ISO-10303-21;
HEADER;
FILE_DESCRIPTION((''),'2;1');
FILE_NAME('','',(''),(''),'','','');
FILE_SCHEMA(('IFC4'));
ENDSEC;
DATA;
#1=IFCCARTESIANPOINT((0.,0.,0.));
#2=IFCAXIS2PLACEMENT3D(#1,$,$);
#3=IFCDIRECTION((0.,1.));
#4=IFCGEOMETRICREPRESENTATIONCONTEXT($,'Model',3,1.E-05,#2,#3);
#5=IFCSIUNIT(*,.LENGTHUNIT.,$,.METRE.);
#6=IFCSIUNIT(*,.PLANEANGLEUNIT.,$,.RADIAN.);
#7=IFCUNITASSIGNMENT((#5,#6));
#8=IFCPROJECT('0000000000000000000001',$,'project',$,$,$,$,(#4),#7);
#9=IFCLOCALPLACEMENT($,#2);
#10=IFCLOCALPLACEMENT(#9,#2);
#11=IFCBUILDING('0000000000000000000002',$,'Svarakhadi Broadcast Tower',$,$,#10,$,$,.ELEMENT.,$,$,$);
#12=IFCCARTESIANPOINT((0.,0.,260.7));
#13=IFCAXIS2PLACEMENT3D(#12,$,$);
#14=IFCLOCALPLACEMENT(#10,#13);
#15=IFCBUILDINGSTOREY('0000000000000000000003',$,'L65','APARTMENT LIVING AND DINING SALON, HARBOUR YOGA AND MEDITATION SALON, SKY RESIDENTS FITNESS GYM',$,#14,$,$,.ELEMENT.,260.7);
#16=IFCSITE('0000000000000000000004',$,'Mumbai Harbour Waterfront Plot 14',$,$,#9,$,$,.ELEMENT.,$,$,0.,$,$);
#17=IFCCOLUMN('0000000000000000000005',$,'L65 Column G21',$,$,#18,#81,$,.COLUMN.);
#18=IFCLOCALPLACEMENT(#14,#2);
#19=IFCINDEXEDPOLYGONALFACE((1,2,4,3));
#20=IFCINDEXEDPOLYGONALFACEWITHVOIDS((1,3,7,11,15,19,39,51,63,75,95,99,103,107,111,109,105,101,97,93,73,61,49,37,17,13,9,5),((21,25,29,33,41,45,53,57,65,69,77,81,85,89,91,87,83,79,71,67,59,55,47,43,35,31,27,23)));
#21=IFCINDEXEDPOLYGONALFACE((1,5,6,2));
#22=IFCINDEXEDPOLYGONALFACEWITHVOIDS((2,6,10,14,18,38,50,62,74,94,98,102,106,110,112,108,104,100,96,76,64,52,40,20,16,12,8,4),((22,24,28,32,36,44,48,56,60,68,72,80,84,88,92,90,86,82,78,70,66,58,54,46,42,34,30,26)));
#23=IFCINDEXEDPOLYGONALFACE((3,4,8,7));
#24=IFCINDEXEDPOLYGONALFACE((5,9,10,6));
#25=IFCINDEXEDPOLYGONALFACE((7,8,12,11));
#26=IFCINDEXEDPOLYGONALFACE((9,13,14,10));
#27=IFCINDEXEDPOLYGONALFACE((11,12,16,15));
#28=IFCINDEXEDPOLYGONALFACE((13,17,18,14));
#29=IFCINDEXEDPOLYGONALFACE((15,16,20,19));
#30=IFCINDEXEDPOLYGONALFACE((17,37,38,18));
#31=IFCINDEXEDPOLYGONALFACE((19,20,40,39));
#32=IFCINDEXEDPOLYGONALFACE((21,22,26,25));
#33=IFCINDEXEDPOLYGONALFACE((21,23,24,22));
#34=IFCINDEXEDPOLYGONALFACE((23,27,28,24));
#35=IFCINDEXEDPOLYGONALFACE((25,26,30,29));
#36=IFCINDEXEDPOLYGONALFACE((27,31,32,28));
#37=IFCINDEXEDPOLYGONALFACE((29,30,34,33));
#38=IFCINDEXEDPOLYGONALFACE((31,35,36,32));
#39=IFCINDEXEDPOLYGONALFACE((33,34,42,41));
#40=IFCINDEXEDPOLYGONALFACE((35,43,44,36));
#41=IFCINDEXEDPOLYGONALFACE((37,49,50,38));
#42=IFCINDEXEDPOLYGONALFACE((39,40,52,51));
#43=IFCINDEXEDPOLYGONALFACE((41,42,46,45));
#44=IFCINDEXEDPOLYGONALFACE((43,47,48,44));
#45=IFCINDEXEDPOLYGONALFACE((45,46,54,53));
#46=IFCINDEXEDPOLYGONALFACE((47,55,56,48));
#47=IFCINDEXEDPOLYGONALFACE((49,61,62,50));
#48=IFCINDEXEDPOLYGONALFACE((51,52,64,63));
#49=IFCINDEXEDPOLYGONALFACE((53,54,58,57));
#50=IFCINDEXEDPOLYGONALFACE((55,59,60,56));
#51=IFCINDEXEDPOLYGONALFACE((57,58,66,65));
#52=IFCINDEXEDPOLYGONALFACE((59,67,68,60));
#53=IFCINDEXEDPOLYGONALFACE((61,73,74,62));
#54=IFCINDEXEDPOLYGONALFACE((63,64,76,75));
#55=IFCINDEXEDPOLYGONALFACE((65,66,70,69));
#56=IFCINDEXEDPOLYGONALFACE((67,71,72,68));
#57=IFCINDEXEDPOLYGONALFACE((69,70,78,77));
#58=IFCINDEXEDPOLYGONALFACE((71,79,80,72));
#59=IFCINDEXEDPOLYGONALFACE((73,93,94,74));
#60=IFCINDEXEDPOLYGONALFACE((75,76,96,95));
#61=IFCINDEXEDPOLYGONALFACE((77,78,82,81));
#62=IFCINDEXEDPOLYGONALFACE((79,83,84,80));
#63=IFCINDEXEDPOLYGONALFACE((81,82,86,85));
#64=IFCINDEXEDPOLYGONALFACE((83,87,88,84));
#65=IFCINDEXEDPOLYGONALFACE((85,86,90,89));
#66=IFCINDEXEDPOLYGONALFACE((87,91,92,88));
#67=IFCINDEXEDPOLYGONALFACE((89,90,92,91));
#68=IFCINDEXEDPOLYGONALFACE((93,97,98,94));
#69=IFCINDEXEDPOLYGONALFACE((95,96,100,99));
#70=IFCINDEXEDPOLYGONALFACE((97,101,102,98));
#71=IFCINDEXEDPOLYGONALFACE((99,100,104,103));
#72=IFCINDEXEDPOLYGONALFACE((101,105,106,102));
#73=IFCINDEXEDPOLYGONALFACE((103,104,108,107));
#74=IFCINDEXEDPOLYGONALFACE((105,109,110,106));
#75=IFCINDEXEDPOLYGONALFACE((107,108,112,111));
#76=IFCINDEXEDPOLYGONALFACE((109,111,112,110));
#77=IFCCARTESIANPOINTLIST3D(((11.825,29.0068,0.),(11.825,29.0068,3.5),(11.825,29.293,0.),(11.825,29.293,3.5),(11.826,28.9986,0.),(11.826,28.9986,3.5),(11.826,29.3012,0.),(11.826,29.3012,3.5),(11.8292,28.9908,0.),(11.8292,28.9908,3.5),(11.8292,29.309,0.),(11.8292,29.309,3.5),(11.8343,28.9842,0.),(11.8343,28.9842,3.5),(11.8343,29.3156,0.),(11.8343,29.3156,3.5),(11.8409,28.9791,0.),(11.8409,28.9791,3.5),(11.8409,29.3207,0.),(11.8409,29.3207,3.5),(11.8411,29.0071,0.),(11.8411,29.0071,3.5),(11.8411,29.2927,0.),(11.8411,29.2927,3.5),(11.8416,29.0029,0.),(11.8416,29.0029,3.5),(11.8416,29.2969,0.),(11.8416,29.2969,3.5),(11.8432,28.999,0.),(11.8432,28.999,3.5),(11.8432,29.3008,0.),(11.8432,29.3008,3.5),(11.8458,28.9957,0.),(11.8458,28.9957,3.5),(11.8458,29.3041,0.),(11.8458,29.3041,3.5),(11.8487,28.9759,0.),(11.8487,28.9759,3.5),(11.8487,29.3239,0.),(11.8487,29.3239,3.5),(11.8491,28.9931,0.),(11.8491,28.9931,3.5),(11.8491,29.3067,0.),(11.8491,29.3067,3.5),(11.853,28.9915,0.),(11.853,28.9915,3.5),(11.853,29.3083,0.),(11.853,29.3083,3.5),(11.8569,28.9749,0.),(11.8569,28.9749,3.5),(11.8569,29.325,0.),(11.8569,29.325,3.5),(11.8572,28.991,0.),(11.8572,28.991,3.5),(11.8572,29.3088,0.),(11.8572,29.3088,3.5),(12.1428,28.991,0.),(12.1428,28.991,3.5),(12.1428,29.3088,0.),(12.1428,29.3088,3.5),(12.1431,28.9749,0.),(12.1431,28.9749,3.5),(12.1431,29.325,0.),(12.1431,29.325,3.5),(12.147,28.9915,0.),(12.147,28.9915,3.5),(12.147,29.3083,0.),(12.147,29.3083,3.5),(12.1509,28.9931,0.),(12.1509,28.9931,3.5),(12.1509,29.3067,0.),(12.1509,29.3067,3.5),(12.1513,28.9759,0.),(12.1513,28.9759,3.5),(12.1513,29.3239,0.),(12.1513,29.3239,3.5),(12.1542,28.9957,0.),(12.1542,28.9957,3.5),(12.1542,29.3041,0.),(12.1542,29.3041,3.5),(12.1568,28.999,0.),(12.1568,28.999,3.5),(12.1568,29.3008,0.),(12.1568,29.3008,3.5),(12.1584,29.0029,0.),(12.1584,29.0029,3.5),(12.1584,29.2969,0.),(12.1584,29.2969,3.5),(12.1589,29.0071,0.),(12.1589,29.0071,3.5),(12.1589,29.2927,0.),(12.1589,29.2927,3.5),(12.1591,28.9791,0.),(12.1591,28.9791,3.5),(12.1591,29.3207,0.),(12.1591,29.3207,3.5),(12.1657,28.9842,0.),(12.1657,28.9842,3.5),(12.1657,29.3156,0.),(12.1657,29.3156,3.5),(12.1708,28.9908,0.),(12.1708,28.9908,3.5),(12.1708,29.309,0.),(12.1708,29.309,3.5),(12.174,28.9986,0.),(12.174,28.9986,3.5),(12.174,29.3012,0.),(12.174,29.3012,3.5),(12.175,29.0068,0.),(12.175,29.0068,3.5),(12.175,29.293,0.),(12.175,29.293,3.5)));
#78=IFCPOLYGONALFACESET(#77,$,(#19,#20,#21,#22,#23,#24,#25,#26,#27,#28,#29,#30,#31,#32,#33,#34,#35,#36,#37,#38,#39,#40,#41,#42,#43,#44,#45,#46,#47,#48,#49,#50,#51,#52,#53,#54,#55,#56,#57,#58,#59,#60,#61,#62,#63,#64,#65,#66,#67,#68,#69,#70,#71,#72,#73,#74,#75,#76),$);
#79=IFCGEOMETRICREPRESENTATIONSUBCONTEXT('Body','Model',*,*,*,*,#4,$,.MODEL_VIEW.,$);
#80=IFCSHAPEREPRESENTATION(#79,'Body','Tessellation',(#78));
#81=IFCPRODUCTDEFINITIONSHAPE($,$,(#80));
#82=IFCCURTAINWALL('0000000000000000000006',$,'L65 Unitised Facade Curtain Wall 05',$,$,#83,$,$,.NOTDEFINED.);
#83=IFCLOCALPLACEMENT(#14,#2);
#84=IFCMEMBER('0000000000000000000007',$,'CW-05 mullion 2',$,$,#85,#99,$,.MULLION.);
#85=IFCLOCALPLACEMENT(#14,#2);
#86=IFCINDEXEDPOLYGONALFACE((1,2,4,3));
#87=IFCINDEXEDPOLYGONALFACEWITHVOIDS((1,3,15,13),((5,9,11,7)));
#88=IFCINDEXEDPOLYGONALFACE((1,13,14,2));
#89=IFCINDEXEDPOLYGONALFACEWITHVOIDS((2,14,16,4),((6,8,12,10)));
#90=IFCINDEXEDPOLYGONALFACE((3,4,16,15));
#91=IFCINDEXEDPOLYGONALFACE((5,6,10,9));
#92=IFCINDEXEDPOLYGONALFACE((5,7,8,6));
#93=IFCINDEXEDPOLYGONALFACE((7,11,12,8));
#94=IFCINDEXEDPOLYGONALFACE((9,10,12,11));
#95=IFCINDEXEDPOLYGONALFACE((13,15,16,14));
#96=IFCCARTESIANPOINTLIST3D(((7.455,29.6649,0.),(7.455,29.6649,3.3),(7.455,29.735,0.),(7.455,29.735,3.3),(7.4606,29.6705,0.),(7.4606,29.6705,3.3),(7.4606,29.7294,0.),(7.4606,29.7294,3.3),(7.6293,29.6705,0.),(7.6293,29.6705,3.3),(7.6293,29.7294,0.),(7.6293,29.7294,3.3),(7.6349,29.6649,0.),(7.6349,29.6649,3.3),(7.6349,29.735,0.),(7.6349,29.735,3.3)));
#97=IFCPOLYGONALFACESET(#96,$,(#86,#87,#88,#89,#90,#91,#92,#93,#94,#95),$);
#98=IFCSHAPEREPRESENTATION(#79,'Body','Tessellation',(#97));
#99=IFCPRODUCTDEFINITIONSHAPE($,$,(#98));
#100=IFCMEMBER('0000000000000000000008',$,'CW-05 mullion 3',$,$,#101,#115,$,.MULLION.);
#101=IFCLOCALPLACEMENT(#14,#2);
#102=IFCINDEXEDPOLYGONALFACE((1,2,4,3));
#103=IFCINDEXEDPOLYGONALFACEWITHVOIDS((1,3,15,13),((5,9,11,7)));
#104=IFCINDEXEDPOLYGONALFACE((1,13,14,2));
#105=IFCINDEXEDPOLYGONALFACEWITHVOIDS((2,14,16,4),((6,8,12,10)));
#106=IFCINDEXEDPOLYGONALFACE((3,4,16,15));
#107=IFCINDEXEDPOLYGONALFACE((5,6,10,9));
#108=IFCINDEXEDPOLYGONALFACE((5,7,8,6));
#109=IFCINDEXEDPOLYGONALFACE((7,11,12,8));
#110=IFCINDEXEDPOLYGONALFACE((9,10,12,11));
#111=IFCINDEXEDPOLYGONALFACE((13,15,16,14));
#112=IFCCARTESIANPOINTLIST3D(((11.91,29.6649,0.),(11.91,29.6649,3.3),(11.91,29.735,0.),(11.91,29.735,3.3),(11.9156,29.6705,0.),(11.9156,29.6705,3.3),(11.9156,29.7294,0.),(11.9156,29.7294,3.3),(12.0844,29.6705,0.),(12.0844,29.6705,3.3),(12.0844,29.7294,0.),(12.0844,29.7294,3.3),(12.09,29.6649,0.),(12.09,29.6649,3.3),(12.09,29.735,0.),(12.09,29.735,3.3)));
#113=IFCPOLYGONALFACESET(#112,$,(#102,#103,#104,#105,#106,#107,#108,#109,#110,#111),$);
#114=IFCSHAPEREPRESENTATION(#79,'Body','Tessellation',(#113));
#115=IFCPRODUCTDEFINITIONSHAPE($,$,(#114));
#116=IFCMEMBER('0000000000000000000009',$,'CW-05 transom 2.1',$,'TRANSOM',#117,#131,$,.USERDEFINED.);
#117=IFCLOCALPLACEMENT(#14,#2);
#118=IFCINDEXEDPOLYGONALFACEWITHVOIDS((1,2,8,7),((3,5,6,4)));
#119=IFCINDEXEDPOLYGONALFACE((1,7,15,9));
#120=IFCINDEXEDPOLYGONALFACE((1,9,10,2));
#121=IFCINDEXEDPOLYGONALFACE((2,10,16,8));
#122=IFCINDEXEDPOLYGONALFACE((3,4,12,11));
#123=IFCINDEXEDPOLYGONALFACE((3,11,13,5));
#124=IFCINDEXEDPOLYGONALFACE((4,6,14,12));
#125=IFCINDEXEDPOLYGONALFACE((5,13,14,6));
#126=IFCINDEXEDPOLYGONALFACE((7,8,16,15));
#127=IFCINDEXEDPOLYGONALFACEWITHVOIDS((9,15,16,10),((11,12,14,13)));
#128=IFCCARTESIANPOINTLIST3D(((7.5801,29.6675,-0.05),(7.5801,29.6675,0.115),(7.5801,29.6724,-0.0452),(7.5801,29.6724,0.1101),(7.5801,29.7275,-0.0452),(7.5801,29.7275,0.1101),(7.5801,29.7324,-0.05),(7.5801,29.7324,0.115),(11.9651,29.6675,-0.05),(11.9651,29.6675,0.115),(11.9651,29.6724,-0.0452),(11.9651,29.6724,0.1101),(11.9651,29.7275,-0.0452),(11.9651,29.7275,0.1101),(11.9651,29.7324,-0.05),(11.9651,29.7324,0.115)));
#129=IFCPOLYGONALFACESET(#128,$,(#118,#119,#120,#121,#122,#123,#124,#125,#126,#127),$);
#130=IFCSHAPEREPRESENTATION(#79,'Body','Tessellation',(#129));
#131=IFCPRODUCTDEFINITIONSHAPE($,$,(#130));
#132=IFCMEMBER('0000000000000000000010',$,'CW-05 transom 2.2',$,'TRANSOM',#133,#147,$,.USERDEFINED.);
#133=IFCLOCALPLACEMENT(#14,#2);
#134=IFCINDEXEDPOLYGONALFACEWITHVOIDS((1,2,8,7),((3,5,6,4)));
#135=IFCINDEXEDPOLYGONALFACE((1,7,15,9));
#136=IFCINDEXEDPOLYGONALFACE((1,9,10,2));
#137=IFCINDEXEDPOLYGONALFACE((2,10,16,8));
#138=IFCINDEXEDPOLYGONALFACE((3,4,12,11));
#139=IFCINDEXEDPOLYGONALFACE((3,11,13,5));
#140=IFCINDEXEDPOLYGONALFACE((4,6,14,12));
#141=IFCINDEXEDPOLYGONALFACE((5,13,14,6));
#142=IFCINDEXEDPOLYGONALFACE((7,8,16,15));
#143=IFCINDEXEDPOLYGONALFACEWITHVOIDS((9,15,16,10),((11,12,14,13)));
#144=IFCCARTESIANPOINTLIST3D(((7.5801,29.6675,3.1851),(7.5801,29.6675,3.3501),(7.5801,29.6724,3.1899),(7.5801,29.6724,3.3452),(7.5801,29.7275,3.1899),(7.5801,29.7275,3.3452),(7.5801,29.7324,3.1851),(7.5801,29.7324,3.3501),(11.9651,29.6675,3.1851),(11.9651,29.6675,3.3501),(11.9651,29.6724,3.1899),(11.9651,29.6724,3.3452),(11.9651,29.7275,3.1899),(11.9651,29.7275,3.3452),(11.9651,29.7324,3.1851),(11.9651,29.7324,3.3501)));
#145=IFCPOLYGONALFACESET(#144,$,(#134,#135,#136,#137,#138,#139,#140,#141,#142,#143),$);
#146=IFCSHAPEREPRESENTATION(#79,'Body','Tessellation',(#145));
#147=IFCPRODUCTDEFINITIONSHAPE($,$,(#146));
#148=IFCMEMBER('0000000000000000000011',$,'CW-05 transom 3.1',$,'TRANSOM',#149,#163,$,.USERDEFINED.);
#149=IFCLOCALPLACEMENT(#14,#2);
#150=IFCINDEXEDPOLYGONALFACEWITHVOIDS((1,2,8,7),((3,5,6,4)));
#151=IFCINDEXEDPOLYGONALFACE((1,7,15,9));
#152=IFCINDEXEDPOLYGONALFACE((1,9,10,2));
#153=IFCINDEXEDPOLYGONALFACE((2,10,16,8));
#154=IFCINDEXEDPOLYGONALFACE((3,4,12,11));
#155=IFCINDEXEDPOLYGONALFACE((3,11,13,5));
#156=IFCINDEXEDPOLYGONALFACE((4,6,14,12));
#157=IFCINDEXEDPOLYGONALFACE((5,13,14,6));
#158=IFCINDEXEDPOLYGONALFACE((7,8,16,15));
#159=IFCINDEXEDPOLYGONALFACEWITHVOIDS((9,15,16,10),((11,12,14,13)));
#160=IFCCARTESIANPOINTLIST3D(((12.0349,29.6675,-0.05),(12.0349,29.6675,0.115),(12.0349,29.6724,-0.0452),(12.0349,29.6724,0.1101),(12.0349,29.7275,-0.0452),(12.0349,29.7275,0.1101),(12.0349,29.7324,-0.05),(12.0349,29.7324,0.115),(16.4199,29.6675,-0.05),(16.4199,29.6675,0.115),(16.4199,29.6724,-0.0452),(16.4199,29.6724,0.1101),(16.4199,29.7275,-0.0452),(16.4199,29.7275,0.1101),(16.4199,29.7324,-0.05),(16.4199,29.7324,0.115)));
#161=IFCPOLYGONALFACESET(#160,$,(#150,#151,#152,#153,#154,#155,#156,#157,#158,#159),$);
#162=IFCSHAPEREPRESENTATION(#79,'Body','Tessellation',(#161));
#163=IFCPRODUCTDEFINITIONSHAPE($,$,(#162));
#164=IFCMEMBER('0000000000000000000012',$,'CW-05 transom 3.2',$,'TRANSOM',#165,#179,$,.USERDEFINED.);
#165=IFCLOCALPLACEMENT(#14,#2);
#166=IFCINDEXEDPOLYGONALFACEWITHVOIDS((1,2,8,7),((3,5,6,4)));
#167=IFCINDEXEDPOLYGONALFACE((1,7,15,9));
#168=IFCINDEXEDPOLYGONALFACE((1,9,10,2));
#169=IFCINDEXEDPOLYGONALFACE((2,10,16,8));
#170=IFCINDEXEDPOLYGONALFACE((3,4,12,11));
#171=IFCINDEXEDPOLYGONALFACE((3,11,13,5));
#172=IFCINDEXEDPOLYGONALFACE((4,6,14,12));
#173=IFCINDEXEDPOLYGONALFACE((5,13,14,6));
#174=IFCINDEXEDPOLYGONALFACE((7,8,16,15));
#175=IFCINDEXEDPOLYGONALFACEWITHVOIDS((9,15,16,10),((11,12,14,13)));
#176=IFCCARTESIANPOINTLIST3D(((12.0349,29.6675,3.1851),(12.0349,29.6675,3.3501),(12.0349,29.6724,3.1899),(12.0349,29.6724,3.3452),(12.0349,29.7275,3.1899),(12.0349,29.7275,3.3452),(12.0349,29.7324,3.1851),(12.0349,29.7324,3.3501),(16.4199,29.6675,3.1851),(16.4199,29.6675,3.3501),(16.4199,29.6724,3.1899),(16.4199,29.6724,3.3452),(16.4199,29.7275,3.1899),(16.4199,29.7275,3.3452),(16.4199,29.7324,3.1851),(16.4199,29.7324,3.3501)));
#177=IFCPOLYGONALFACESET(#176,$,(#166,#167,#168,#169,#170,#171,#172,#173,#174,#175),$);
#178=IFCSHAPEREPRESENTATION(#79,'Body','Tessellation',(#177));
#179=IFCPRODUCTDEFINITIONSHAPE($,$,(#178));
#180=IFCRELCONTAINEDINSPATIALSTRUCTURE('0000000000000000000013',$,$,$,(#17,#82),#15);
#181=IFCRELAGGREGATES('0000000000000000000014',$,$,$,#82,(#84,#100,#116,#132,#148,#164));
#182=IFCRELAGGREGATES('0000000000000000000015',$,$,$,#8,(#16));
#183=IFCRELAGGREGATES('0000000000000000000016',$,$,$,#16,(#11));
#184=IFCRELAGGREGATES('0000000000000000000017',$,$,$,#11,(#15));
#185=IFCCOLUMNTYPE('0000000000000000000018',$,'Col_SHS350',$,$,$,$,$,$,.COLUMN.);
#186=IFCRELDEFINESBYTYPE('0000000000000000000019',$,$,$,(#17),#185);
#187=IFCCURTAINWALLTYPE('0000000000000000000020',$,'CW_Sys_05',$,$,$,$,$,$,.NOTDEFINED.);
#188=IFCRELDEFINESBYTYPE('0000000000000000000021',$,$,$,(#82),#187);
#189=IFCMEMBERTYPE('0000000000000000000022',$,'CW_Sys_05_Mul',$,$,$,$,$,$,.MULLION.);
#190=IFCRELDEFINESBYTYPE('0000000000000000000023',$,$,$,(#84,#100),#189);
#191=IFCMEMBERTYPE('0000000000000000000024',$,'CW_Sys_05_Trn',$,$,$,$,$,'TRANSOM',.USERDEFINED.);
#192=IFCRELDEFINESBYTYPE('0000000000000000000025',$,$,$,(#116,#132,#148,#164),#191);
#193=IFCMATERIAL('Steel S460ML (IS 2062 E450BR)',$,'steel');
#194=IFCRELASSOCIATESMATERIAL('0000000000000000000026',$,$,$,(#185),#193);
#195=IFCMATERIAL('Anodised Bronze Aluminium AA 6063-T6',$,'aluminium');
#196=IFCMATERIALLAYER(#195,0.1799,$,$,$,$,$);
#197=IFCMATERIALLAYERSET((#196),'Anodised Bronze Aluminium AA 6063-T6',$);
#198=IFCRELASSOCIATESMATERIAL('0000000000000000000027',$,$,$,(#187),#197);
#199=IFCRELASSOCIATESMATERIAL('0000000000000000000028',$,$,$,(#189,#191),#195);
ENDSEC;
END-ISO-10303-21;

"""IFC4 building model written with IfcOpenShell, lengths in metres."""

from ifc_helpers import new_model, si_unit, direction, frame, origin, origin_2d, place, context, subcontext, project, spatial, hollow_rectangle, extrude, material, layer, layer_set, material_profile, profile_set, type_object, element, aggregate, save


model = new_model("IFC4")

# Units and contexts
model_context = context("Model", 3, precision=1e-05, world=origin(), true_north=direction((0.0, 1.0)))
body_context = subcontext(model_context, "Body", "Model", "MODEL_VIEW")
ifc_project = project(units=[si_unit("LENGTHUNIT", "METRE"), si_unit("PLANEANGLEUNIT", "RADIAN")], contexts=[model_context])

# Site, building, storey
site_placement = place(None, origin())
site = spatial("IfcSite", under=ifc_project, at=site_placement, Name="Mumbai Harbour Waterfront Plot 14", CompositionType="ELEMENT", RefElevation=0.0)
building_placement = place(site_placement, origin())
building = spatial("IfcBuilding", under=site, at=building_placement, Name="Svarakhadi Broadcast Tower", CompositionType="ELEMENT")
storey_placement = place(building_placement, frame((0.0, 0.0, 260.7)))
storey = spatial("IfcBuildingStorey", under=building, at=storey_placement, Name="L65", Description="APARTMENT LIVING AND DINING SALON, HARBOUR YOGA AND MEDITATION SALON, SKY RESIDENTS FITNESS GYM", CompositionType="ELEMENT", Elevation=260.7)

# Column
ifc_material_1 = material(Name="Steel S460ML (IS 2062 E450BR)", Category="steel")
ifc_material_profile_1 = material_profile(ifc_material_1, hollow_rectangle(XDim=0.3501, YDim=0.3501, WallThickness=0.0161, InnerFilletRadius=0.0161, OuterFilletRadius=0.032, at=origin_2d()), Name="SHS 350x350x16")
ifc_profile_set_1 = profile_set([ifc_material_profile_1], Name="Steel S460ML (IS 2062 E450BR)")
column_type = type_object("IfcColumnType", Name="Col_SHS350", PredefinedType="COLUMN", material=ifc_profile_set_1)
column_placement = place(storey_placement, frame((12.0, 29.1499, 0.0), z_axis=(0.0, 0.0, 1.0), x_axis=(1.0, 0.0, 0.0)))
element("IfcColumn", 1, at=column_placement, inside=storey, type_object=column_type, Name="L65 Column G21", PredefinedType="COLUMN", context=body_context, shape_type="SweptSolid", body=[
    extrude(hollow_rectangle(XDim=0.3501, YDim=0.3501, WallThickness=0.0161, InnerFilletRadius=0.0161, OuterFilletRadius=0.032, at=origin_2d()), origin(), (0.0, 0.0, 1.0), 3.5),
])

# Curtain wall, members
ifc_material_2 = material(Name="Anodised Bronze Aluminium AA 6063-T6", Category="aluminium")
ifc_layer_1 = layer(ifc_material_2, 0.1799)
ifc_layer_set_1 = layer_set([ifc_layer_1], Name="Anodised Bronze Aluminium AA 6063-T6")
curtain_wall_type = type_object("IfcCurtainWallType", Name="CW_Sys_05", PredefinedType="NOTDEFINED", material=ifc_layer_set_1)
curtain_wall_placement = place(storey_placement, origin())
curtain_wall = element("IfcCurtainWall", 2, at=curtain_wall_placement, inside=storey, type_object=curtain_wall_type, Name="L65 Unitised Facade Curtain Wall 05", PredefinedType="NOTDEFINED")
ifc_material_profile_2 = material_profile(ifc_material_2, hollow_rectangle(XDim=0.0701, YDim=0.1799, WallThickness=0.0056, at=origin_2d()), Name="ALU MULLION 180x70x6")
ifc_profile_set_2 = profile_set([ifc_material_profile_2], Name="Anodised Bronze Aluminium AA 6063-T6")
member_type_1 = type_object("IfcMemberType", Name="CW_Sys_05_Mul", PredefinedType="MULLION", material=ifc_profile_set_2)
member_1_placement = place(storey_placement, frame((7.5449, 29.7, 0.0), z_axis=(0.0, 0.0, 1.0), x_axis=(0.0, 1.0, 0.0)))
member_1 = element("IfcMember", 3, at=member_1_placement, type_object=member_type_1, Name="CW-05 mullion 2", PredefinedType="MULLION", context=body_context, shape_type="SweptSolid", body=[
    extrude(hollow_rectangle(XDim=0.0701, YDim=0.1799, WallThickness=0.0056, at=origin_2d()), origin(), (0.0, 0.0, 1.0), 3.3),
])
member_2_placement = place(storey_placement, frame((12.0, 29.7, 0.0), z_axis=(0.0, 0.0, 1.0), x_axis=(0.0, 1.0, 0.0)))
member_2 = element("IfcMember", 4, at=member_2_placement, type_object=member_type_1, Name="CW-05 mullion 3", PredefinedType="MULLION", context=body_context, shape_type="SweptSolid", body=[
    extrude(hollow_rectangle(XDim=0.0701, YDim=0.1799, WallThickness=0.0056, at=origin_2d()), origin(), (0.0, 0.0, 1.0), 3.3),
])
ifc_material_profile_3 = material_profile(ifc_material_2, hollow_rectangle(XDim=0.0649, YDim=0.165, WallThickness=0.0049, at=origin_2d()), Name="ALU TRANSOM 165x65x5")
ifc_profile_set_3 = profile_set([ifc_material_profile_3], Name="Anodised Bronze Aluminium AA 6063-T6")
member_type_2 = type_object("IfcMemberType", Name="CW_Sys_05_Trn", ElementType="TRANSOM", PredefinedType="USERDEFINED", material=ifc_profile_set_3)
member_3_placement = place(storey_placement, frame((7.5801, 29.7, 0.0325), z_axis=(1.0, 0.0, 0.0), x_axis=(0.0, 1.0, 0.0)))
member_3 = element("IfcMember", 5, at=member_3_placement, type_object=member_type_2, Name="CW-05 transom 2.1", ObjectType="TRANSOM", PredefinedType="USERDEFINED", context=body_context, shape_type="SweptSolid", body=[
    extrude(hollow_rectangle(XDim=0.0649, YDim=0.165, WallThickness=0.0049, at=origin_2d()), origin(), (0.0, 0.0, 1.0), 4.385),
])
member_4_placement = place(storey_placement, frame((7.5801, 29.7, 3.2676), z_axis=(1.0, 0.0, 0.0), x_axis=(0.0, 1.0, 0.0)))
member_4 = element("IfcMember", 6, at=member_4_placement, type_object=member_type_2, Name="CW-05 transom 2.2", ObjectType="TRANSOM", PredefinedType="USERDEFINED", context=body_context, shape_type="SweptSolid", body=[
    extrude(hollow_rectangle(XDim=0.0649, YDim=0.165, WallThickness=0.0049, at=origin_2d()), origin(), (0.0, 0.0, 1.0), 4.385),
])
member_5_placement = place(storey_placement, frame((12.0349, 29.7, 0.0325), z_axis=(1.0, 0.0, 0.0), x_axis=(0.0, 1.0, 0.0)))
member_5 = element("IfcMember", 7, at=member_5_placement, type_object=member_type_2, Name="CW-05 transom 3.1", ObjectType="TRANSOM", PredefinedType="USERDEFINED", context=body_context, shape_type="SweptSolid", body=[
    extrude(hollow_rectangle(XDim=0.0649, YDim=0.165, WallThickness=0.0049, at=origin_2d()), origin(), (0.0, 0.0, 1.0), 4.385),
])
member_6_placement = place(storey_placement, frame((12.0349, 29.7, 3.2676), z_axis=(1.0, 0.0, 0.0), x_axis=(0.0, 1.0, 0.0)))
member_6 = element("IfcMember", 8, at=member_6_placement, type_object=member_type_2, Name="CW-05 transom 3.2", ObjectType="TRANSOM", PredefinedType="USERDEFINED", context=body_context, shape_type="SweptSolid", body=[
    extrude(hollow_rectangle(XDim=0.0649, YDim=0.165, WallThickness=0.0049, at=origin_2d()), origin(), (0.0, 0.0, 1.0), 4.385),
])

aggregate(curtain_wall, [member_1, member_2, member_3, member_4, member_5, member_6])

save(model, "model.ifc")
